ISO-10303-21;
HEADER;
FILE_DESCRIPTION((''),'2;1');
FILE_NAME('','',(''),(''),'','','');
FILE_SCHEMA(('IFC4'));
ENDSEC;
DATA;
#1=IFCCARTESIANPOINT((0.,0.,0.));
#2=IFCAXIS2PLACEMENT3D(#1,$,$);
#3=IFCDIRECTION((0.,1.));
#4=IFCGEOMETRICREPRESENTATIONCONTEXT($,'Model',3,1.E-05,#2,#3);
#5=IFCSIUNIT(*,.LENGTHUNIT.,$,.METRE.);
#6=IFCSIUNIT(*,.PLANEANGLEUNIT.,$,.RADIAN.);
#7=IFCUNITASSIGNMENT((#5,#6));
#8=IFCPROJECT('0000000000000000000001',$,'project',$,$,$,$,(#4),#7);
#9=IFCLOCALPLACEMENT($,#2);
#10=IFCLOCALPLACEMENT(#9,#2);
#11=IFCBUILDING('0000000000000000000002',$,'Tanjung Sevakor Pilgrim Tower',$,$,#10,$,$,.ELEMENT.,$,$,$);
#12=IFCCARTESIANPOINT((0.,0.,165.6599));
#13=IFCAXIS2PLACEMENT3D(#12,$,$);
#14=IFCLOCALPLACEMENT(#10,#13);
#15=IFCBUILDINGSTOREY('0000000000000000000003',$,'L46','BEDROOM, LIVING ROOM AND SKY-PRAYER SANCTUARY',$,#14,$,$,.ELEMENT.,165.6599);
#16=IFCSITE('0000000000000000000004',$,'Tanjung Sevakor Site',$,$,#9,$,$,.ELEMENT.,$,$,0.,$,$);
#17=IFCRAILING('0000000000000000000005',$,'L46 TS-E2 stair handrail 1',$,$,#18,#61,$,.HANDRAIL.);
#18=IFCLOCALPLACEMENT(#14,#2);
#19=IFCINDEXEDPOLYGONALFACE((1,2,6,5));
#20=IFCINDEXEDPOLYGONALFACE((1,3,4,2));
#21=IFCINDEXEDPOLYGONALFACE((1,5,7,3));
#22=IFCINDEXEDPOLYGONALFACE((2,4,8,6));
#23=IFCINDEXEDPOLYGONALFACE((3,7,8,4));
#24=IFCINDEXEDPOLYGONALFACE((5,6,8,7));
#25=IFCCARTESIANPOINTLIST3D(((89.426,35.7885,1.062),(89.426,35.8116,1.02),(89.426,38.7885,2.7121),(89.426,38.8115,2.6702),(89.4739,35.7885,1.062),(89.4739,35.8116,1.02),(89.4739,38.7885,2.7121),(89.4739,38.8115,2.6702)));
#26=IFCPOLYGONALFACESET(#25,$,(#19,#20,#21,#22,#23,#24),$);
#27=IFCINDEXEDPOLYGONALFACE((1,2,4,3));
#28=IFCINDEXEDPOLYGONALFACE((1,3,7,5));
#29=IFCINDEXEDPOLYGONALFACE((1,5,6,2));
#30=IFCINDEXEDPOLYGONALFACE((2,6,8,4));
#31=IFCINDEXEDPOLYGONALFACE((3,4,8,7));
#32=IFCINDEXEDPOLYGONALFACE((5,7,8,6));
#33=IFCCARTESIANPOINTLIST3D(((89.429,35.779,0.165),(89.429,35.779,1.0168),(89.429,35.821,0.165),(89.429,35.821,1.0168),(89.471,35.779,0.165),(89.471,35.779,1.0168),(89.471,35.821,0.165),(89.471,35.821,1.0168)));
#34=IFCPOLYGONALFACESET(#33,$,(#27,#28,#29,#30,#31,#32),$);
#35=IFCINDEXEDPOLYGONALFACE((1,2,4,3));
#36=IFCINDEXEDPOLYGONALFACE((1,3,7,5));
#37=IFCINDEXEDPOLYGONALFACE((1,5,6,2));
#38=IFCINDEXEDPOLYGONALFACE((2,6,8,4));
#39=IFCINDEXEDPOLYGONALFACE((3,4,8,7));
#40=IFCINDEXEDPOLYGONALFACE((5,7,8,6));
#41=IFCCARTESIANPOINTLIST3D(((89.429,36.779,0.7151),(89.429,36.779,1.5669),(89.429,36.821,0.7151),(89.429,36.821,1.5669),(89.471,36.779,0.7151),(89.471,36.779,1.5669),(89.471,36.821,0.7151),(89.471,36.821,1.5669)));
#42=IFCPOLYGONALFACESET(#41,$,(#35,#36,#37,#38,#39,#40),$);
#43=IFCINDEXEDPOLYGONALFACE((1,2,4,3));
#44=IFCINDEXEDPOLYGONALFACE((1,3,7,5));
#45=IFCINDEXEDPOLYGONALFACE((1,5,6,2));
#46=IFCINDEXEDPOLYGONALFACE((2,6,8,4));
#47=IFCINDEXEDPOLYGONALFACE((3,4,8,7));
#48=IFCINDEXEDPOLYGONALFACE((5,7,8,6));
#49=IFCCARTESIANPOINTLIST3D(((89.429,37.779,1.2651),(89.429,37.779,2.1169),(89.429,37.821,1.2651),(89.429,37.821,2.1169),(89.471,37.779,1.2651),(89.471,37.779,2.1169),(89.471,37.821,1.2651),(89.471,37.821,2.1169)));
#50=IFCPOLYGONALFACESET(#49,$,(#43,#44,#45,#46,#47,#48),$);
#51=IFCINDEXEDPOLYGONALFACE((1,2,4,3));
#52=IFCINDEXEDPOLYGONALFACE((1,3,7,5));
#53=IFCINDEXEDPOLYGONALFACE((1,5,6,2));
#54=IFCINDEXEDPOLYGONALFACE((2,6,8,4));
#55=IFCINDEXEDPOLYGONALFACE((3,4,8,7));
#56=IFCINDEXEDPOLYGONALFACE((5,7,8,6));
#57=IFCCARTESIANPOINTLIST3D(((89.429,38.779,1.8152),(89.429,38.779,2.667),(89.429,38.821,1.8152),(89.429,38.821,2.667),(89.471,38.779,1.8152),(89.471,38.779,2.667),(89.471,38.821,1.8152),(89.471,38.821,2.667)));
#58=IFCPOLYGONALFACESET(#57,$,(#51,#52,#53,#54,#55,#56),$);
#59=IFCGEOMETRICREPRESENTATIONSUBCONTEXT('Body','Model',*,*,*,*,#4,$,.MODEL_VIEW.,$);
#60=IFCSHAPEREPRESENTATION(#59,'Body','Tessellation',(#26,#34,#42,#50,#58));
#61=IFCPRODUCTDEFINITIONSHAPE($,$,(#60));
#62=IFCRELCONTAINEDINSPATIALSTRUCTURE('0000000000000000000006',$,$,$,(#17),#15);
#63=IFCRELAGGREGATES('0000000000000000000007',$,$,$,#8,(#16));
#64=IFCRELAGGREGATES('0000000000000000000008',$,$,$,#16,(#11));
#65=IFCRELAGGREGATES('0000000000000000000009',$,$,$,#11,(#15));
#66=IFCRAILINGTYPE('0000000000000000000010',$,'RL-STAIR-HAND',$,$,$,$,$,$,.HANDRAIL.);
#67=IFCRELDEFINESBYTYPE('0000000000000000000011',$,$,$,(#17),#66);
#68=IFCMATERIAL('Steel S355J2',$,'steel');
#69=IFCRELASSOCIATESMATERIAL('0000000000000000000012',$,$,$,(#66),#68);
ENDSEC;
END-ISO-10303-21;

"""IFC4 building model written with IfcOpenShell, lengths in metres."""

from ifc_helpers import new_model, si_unit, direction, frame, origin, place, context, subcontext, project, spatial, rectangle, extrude, material, type_object, element, save


model = new_model("IFC4")

# Units and contexts
model_context = context("Model", 3, precision=1e-05, world=origin(), true_north=direction((0.0, 1.0)))
body_context = subcontext(model_context, "Body", "Model", "MODEL_VIEW")
ifc_project = project(units=[si_unit("LENGTHUNIT", "METRE"), si_unit("PLANEANGLEUNIT", "RADIAN")], contexts=[model_context])

# Site, building, storey
site_placement = place(None, origin())
site = spatial("IfcSite", under=ifc_project, at=site_placement, Name="Tanjung Sevakor Site", CompositionType="ELEMENT", RefElevation=0.0)
building_placement = place(site_placement, origin())
building = spatial("IfcBuilding", under=site, at=building_placement, Name="Tanjung Sevakor Pilgrim Tower", CompositionType="ELEMENT")
storey_placement = place(building_placement, frame((0.0, 0.0, 165.6599)))
storey = spatial("IfcBuildingStorey", under=building, at=storey_placement, Name="L46", Description="BEDROOM, LIVING ROOM AND SKY-PRAYER SANCTUARY", CompositionType="ELEMENT", Elevation=165.6599)

# Railing
ifc_material_1 = material(Name="Steel S355J2", Category="steel")
railing_type_1 = type_object("IfcRailingType", Name="RL-STAIR-HAND", PredefinedType="HANDRAIL", material=ifc_material_1)
railing_1_placement = place(storey_placement, frame((89.45, 35.8, 0.165)))
element("IfcRailing", 1, at=railing_1_placement, inside=storey, type_object=railing_type_1, Name="L46 TS-E2 stair handrail 1", PredefinedType="HANDRAIL", context=body_context, shape_type="SweptSolid", body=[
    extrude(rectangle(XDim=0.0479, YDim=0.0479), frame((0.0, 0.0, 0.876), z_axis=(0.0, 0.876198, 0.481952), x_axis=(-1.0, 0.0, 0.0)), (0.0, 0.0, 1.0), 3.4238),
    extrude(rectangle(XDim=0.042, YDim=0.042), origin(), (0.0, 0.0, 1.0), 0.8518),
    extrude(rectangle(XDim=0.042, YDim=0.042), frame((0.0, 1.0, 0.55)), (0.0, 0.0, 1.0), 0.8518),
    extrude(rectangle(XDim=0.042, YDim=0.042), frame((0.0, 2.0, 1.1001)), (0.0, 0.0, 1.0), 0.8518),
    extrude(rectangle(XDim=0.042, YDim=0.042), frame((0.0, 3.0, 1.6501)), (0.0, 0.0, 1.0), 0.8518),
])

save(model, "model.ifc")
